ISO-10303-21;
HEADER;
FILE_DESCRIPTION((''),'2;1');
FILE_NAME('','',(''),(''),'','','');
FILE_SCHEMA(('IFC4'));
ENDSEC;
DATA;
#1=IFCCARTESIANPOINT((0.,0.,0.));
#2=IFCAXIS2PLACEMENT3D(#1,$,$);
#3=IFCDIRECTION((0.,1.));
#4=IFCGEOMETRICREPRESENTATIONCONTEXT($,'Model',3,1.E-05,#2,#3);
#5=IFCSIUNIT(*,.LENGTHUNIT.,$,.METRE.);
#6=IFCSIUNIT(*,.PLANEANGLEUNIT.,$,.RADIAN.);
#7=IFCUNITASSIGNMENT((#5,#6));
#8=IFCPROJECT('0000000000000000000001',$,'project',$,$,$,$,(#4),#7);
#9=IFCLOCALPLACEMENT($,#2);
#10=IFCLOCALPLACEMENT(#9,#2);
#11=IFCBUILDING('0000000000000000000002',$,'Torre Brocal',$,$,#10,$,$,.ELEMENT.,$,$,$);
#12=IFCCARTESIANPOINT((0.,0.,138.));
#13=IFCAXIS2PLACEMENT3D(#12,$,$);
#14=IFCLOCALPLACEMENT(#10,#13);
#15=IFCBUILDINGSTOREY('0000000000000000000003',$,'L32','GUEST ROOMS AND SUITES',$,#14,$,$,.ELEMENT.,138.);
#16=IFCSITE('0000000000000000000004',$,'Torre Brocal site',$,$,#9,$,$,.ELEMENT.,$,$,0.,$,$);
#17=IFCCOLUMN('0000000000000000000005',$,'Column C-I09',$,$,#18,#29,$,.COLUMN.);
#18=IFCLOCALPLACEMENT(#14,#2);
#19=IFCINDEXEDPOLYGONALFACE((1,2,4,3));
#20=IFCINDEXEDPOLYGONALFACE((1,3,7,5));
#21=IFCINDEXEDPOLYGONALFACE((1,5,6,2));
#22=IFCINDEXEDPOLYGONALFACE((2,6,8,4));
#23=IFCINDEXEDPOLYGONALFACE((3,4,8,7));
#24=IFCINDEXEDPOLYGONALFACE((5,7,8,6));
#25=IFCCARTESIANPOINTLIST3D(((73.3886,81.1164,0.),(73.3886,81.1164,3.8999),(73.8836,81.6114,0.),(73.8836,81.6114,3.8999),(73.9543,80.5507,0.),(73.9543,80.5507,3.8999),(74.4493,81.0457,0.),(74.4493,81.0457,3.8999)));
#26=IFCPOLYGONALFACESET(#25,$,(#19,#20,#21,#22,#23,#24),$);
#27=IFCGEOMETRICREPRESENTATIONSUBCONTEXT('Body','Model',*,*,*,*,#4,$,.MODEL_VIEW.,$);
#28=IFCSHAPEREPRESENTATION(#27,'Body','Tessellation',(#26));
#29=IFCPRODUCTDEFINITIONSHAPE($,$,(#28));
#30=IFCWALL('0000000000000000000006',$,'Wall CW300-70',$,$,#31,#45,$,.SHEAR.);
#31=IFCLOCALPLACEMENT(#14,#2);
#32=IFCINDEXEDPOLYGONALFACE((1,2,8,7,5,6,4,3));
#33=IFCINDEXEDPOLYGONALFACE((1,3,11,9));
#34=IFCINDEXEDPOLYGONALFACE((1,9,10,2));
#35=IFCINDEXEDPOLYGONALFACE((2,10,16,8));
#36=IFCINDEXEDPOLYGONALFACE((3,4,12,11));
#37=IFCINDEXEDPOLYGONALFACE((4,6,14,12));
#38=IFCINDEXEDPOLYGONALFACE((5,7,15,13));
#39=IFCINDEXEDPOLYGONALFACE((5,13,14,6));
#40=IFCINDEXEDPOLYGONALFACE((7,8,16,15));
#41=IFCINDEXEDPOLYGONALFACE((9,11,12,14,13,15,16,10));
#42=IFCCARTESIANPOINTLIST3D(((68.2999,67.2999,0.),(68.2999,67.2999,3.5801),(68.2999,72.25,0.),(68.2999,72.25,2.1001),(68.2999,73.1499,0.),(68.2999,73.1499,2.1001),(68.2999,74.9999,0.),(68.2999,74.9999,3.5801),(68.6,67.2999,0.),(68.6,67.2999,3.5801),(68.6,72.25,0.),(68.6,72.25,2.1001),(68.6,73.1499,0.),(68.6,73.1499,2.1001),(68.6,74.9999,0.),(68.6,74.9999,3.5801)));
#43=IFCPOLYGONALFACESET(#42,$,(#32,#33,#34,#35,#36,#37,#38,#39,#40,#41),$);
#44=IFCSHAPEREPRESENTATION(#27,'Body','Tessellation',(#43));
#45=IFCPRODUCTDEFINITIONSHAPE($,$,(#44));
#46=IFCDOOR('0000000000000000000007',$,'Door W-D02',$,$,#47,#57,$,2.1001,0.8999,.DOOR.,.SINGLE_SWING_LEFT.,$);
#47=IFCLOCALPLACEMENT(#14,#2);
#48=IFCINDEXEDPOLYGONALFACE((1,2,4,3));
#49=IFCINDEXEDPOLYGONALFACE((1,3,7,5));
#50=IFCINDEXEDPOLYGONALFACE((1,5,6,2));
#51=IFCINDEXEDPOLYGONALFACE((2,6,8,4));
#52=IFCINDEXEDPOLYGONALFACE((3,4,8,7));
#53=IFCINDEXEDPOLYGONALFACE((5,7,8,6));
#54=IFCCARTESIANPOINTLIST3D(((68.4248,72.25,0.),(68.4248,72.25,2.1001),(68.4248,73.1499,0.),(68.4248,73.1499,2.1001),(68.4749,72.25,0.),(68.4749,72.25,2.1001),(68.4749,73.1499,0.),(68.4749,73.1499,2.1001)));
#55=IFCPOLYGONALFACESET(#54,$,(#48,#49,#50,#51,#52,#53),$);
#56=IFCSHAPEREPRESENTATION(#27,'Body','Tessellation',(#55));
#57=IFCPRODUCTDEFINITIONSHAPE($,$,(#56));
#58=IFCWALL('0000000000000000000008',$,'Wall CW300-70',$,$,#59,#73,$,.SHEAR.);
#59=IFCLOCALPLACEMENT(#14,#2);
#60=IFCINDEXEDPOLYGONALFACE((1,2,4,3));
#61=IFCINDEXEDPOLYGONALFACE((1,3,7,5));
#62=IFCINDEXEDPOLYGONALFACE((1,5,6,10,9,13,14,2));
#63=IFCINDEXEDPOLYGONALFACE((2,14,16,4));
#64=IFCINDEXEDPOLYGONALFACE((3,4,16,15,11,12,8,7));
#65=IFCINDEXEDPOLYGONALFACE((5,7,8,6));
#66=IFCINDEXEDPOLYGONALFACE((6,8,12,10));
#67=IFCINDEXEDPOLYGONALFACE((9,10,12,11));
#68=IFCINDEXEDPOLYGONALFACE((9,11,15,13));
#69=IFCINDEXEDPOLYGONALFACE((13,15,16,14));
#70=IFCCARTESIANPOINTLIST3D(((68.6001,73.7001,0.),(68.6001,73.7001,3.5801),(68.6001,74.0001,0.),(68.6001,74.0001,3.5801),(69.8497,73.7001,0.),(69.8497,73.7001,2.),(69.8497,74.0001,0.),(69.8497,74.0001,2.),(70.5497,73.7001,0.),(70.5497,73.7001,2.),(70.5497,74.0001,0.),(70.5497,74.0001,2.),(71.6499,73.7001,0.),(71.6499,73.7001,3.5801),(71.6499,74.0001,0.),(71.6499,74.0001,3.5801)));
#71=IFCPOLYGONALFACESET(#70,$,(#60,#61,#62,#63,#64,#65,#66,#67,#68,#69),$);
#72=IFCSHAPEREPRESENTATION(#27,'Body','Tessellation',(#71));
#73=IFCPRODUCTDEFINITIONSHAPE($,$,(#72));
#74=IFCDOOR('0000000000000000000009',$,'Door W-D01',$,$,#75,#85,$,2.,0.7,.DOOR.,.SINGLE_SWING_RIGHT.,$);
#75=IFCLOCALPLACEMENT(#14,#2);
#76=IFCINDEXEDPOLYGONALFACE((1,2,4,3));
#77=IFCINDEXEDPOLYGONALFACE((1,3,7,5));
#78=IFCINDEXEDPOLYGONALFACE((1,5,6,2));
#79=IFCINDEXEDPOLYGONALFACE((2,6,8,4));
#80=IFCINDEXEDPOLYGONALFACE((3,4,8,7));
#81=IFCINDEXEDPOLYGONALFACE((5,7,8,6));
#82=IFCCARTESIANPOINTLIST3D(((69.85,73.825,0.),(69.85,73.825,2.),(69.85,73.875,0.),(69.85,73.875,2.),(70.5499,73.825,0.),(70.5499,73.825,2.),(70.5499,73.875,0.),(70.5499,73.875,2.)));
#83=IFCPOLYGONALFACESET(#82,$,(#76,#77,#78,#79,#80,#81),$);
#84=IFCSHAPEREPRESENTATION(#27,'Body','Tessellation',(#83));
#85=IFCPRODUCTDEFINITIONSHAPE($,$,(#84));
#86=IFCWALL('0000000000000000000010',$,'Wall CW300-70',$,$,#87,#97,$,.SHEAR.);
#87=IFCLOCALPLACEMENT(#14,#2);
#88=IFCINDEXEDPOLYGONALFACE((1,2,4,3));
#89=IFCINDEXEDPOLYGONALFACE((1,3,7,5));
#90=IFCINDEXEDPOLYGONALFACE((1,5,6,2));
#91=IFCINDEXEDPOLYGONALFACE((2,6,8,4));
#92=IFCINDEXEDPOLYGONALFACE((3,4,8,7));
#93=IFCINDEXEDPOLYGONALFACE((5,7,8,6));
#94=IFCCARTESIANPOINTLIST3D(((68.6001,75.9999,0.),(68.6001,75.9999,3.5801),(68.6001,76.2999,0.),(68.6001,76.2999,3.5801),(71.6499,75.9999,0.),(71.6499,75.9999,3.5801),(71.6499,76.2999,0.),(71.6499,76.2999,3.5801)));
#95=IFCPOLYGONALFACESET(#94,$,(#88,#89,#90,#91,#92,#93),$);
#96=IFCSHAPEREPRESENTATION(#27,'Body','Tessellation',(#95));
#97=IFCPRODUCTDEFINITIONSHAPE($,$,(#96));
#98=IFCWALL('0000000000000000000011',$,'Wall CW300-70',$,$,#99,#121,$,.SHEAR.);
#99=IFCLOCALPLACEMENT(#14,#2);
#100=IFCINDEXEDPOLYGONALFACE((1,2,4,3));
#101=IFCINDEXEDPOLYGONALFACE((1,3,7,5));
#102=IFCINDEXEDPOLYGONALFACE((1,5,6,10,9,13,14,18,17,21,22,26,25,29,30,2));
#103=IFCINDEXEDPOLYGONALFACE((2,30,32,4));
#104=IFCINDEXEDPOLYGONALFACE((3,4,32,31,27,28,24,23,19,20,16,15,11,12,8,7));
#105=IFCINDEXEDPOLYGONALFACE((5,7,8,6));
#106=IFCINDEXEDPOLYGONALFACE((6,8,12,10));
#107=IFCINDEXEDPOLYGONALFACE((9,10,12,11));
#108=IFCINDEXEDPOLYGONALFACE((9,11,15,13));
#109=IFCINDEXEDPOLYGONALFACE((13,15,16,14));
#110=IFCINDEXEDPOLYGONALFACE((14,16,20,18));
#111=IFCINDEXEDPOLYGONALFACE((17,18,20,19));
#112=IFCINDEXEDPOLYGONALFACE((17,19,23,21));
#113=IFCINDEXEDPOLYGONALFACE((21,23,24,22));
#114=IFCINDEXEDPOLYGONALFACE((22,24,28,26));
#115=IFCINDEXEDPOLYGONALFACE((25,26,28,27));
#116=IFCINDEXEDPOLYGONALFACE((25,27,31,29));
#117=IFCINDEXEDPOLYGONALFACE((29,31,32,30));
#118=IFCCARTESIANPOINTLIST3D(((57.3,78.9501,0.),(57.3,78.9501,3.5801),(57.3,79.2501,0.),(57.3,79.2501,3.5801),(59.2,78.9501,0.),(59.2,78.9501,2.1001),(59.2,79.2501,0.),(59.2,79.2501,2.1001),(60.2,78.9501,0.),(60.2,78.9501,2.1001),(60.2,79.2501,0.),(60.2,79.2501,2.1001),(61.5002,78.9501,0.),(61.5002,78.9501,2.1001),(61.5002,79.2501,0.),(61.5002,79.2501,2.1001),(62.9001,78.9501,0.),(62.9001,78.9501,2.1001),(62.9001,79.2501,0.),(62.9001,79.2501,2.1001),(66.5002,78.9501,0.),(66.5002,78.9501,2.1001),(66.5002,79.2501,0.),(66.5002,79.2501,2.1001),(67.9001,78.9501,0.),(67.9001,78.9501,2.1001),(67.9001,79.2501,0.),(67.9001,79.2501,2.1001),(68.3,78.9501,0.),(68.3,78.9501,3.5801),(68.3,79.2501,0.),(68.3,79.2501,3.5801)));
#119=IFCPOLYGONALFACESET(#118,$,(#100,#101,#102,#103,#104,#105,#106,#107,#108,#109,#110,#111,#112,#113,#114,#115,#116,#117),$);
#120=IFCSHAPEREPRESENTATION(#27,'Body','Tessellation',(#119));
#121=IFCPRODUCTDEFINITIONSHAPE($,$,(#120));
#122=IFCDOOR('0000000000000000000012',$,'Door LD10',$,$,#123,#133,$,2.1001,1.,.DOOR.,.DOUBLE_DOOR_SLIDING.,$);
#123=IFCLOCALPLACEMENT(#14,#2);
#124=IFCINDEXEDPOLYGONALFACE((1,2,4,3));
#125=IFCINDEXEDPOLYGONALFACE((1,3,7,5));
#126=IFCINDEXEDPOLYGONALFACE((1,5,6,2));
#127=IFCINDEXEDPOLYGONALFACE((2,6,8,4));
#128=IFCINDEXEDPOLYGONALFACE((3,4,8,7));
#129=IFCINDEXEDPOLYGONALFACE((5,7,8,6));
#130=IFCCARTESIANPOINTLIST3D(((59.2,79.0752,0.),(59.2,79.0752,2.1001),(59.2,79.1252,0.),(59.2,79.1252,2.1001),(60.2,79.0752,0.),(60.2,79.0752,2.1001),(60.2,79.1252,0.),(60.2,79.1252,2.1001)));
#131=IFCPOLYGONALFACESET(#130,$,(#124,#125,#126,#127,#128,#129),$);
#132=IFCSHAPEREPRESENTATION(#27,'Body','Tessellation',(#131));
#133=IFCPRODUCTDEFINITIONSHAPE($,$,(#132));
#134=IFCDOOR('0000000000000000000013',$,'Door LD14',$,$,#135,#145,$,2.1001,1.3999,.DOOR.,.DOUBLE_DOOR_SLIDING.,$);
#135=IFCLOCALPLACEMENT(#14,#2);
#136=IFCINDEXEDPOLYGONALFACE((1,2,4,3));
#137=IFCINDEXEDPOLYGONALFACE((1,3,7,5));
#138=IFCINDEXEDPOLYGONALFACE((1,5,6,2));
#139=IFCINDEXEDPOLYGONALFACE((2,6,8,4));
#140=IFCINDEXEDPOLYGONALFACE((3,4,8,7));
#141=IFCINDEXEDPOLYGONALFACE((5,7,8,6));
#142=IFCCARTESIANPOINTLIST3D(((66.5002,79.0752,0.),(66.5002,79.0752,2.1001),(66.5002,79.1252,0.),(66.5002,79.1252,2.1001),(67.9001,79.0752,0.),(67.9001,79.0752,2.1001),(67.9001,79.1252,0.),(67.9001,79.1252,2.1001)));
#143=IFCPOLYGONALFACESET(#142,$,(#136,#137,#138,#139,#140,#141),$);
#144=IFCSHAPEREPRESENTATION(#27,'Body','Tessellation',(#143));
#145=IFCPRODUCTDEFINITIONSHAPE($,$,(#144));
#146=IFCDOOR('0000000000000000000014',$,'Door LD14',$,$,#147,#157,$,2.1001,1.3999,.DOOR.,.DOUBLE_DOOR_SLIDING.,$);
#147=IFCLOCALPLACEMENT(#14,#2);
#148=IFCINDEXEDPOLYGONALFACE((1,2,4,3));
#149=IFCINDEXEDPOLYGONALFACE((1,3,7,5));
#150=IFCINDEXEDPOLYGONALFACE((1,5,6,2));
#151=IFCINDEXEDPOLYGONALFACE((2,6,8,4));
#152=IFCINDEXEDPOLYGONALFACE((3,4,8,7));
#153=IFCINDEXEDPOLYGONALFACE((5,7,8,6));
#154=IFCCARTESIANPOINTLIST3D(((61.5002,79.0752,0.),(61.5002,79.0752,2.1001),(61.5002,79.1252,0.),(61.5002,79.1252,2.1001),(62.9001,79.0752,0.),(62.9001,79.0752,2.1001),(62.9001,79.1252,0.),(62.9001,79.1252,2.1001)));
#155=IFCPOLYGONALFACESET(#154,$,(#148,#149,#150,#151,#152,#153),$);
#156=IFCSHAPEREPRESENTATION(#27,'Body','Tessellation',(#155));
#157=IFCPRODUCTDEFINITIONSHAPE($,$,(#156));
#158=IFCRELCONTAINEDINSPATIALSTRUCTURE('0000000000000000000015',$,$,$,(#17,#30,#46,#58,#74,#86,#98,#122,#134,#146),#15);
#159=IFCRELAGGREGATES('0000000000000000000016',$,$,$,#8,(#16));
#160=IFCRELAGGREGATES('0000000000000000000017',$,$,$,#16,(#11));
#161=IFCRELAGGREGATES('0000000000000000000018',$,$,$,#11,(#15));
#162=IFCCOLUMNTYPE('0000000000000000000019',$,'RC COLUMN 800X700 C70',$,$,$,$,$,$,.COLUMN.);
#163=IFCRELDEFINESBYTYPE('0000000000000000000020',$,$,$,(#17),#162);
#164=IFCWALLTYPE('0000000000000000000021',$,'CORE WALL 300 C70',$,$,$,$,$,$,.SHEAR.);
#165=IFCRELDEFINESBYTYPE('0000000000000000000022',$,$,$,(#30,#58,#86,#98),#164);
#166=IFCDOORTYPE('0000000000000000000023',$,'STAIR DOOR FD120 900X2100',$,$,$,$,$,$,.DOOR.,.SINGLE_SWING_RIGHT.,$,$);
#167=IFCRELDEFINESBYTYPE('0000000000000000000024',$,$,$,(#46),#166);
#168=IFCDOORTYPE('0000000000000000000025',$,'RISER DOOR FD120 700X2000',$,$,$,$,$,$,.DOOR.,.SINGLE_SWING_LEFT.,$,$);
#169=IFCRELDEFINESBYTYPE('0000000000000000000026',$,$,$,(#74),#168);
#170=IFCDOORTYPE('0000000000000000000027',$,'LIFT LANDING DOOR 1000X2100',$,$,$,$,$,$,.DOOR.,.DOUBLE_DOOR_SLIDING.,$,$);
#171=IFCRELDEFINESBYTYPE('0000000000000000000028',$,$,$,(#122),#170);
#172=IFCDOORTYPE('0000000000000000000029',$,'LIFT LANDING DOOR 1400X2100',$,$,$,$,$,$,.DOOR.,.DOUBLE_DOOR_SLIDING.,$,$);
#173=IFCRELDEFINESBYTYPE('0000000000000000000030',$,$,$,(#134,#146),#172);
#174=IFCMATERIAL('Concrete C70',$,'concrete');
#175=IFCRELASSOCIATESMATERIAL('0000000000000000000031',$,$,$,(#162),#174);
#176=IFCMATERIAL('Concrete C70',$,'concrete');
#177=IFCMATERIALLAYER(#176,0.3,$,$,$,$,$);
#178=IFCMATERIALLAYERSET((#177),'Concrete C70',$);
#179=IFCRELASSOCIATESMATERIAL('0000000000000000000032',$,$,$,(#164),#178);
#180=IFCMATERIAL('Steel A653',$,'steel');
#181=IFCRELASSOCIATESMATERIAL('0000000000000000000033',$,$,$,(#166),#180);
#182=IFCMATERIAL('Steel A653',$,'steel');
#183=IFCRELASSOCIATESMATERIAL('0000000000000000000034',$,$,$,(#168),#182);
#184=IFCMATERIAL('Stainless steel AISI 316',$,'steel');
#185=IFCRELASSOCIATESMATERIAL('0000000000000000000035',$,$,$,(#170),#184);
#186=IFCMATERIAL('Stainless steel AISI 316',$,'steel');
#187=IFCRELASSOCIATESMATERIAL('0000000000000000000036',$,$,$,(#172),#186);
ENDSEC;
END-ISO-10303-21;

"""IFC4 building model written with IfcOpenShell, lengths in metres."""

from ifc_helpers import new_model, si_unit, direction, frame, frame_2d, origin, origin_2d, place, context, subcontext, project, spatial, rectangle, extrude, material, layer, layer_set, material_profile, profile_set, type_object, element, fill, save


model = new_model("IFC4")

# Units and contexts
model_context = context("Model", 3, precision=1e-05, world=origin(), true_north=direction((0.0, 1.0)))
body_context = subcontext(model_context, "Body", "Model", "MODEL_VIEW")
ifc_project = project(units=[si_unit("LENGTHUNIT", "METRE"), si_unit("PLANEANGLEUNIT", "RADIAN")], contexts=[model_context])

# Site, building, storey
site_placement = place(None, origin())
site = spatial("IfcSite", under=ifc_project, at=site_placement, Name="Torre Brocal site", CompositionType="ELEMENT", RefElevation=0.0)
building_placement = place(site_placement, origin())
building = spatial("IfcBuilding", under=site, at=building_placement, Name="Torre Brocal", CompositionType="ELEMENT")
storey_placement = place(building_placement, frame((0.0, 0.0, 138.0)))
storey = spatial("IfcBuildingStorey", under=building, at=storey_placement, Name="L32", Description="GUEST ROOMS AND SUITES", CompositionType="ELEMENT", Elevation=138.0)

# Column
ifc_material_1 = material(Name="Concrete C70", Category="concrete")
ifc_material_profile = material_profile(ifc_material_1, rectangle(XDim=0.8, YDim=0.7, at=origin_2d()), Name="RC 800X700")
ifc_profile_set = profile_set([ifc_material_profile], Name="Concrete C70")
column_type = type_object("IfcColumnType", Name="RC COLUMN 800X700 C70", PredefinedType="COLUMN", material=ifc_profile_set)
column_placement = place(storey_placement, frame((73.9189, 81.0811, 0.0), z_axis=(0.0, 0.0, 1.0), x_axis=(-0.707107, 0.707107, 0.0)))
element("IfcColumn", 1, at=column_placement, inside=storey, type_object=column_type, Name="Column C-I09", PredefinedType="COLUMN", context=body_context, shape_type="SweptSolid", body=[
    extrude(rectangle(XDim=0.8, YDim=0.7, at=origin_2d()), origin(), (0.0, 0.0, 1.0), 3.8999),
])

# Walls, openings, doors
ifc_material_2 = material(Name="Concrete C70", Category="concrete")
ifc_layer_1 = layer(ifc_material_2, 0.3)
ifc_layer_set_1 = layer_set([ifc_layer_1], Name="Concrete C70")
wall_type_1 = type_object("IfcWallType", Name="CORE WALL 300 C70", PredefinedType="SHEAR", material=ifc_layer_set_1)
wall_1_placement = place(storey_placement, frame((68.45, 75.0, 0.0), z_axis=(0.0, 0.0, 1.0), x_axis=(0.0, -1.0, 0.0)))
wall_1 = element("IfcWall", 2, at=wall_1_placement, inside=storey, type_object=wall_type_1, Name="Wall CW300-70", PredefinedType="SHEAR", context=body_context, shape_type="SweptSolid", body=[
    extrude(rectangle(XDim=7.7, YDim=0.3, at=frame_2d((3.8501, 0.0))), origin(), (0.0, 0.0, 1.0), 3.5801),
])
opening_1_placement = place(wall_1_placement, frame((1.8501, 0.0, 0.0)))
opening_1 = element("IfcOpeningElement", 3, at=opening_1_placement, cuts=wall_1, PredefinedType="OPENING", context=body_context, shape_type="SweptSolid", body=[
    extrude(rectangle(XDim=0.8999, YDim=2.1001, at=frame_2d((0.45, 1.05))), frame((0.0, 0.1599, 0.0), z_axis=(0.0, -1.0, 0.0), x_axis=(1.0, 0.0, 0.0)), (0.0, 0.0, 1.0), 0.3201),
])
ifc_material_3 = material(Name="Steel A653", Category="steel")
door_type_1 = type_object("IfcDoorType", Name="STAIR DOOR FD120 900X2100", OperationType="SINGLE_SWING_RIGHT", PredefinedType="DOOR", material=ifc_material_3)
door_1_placement = place(opening_1_placement, origin())
door_1 = element("IfcDoor", 4, at=door_1_placement, inside=storey, type_object=door_type_1, Name="Door W-D02", OperationType="SINGLE_SWING_LEFT", OverallHeight=2.1001, OverallWidth=0.8999, PredefinedType="DOOR", context=body_context, shape_type="SweptSolid", body=[
    extrude(rectangle(XDim=0.8999, YDim=2.1001, at=frame_2d((0.45, 1.05))), frame((0.0, 0.0249, 0.0), z_axis=(0.0, -1.0, 0.0), x_axis=(1.0, 0.0, 0.0)), (0.0, 0.0, 1.0), 0.05),
])
fill(opening_1, door_1)
wall_2_placement = place(storey_placement, frame((71.6499, 73.8501, 0.0), z_axis=(0.0, 0.0, 1.0), x_axis=(-1.0, 0.0, 0.0)))
wall_2 = element("IfcWall", 5, at=wall_2_placement, inside=storey, type_object=wall_type_1, Name="Wall CW300-70", PredefinedType="SHEAR", context=body_context, shape_type="SweptSolid", body=[
    extrude(rectangle(XDim=3.0498, YDim=0.3, at=frame_2d((1.5249, 0.0))), origin(), (0.0, 0.0, 1.0), 3.5801),
])
opening_2_placement = place(wall_2_placement, frame((1.1001, 0.0, 0.0)))
opening_2 = element("IfcOpeningElement", 6, at=opening_2_placement, cuts=wall_2, PredefinedType="OPENING", context=body_context, shape_type="SweptSolid", body=[
    extrude(rectangle(XDim=0.7, YDim=2.0, at=frame_2d((0.3501, 1.0))), frame((0.0, 0.1599, 0.0), z_axis=(0.0, -1.0, 0.0), x_axis=(1.0, 0.0, 0.0)), (0.0, 0.0, 1.0), 0.3201),
])
ifc_material_4 = material(Name="Steel A653", Category="steel")
door_type_2 = type_object("IfcDoorType", Name="RISER DOOR FD120 700X2000", OperationType="SINGLE_SWING_LEFT", PredefinedType="DOOR", material=ifc_material_4)
door_2_placement = place(opening_2_placement, frame((0.7, 0.0, 0.0), z_axis=(0.0, 0.0, 1.0), x_axis=(-1.0, 0.0, 0.0)))
door_2 = element("IfcDoor", 7, at=door_2_placement, inside=storey, type_object=door_type_2, Name="Door W-D01", OperationType="SINGLE_SWING_RIGHT", OverallHeight=2.0, OverallWidth=0.7, PredefinedType="DOOR", context=body_context, shape_type="SweptSolid", body=[
    extrude(rectangle(XDim=0.7, YDim=2.0, at=frame_2d((0.3501, 1.0))), frame((0.0, 0.0249, 0.0), z_axis=(0.0, -1.0, 0.0), x_axis=(1.0, 0.0, 0.0)), (0.0, 0.0, 1.0), 0.05),
])
fill(opening_2, door_2)

# Wall
wall_3_placement = place(storey_placement, frame((71.6499, 76.1499, 0.0), z_axis=(0.0, 0.0, 1.0), x_axis=(-1.0, 0.0, 0.0)))
element("IfcWall", 8, at=wall_3_placement, inside=storey, type_object=wall_type_1, Name="Wall CW300-70", PredefinedType="SHEAR", context=body_context, shape_type="SweptSolid", body=[
    extrude(rectangle(XDim=3.0498, YDim=0.3, at=frame_2d((1.5249, 0.0))), origin(), (0.0, 0.0, 1.0), 3.5801),
])

# Wall, openings, doors
wall_4_placement = place(storey_placement, frame((68.3, 79.1001, 0.0), z_axis=(0.0, 0.0, 1.0), x_axis=(-1.0, 0.0, 0.0)))
wall_4 = element("IfcWall", 9, at=wall_4_placement, inside=storey, type_object=wall_type_1, Name="Wall CW300-70", PredefinedType="SHEAR", context=body_context, shape_type="SweptSolid", body=[
    extrude(rectangle(XDim=11.0, YDim=0.3, at=frame_2d((5.5, 0.0))), origin(), (0.0, 0.0, 1.0), 3.5801),
])
opening_3_placement = place(wall_4_placement, frame((0.3999, 0.0, 0.0)))
opening_3 = element("IfcOpeningElement", 10, at=opening_3_placement, cuts=wall_4, PredefinedType="OPENING", context=body_context, shape_type="SweptSolid", body=[
    extrude(rectangle(XDim=1.3999, YDim=2.1001, at=frame_2d((0.7, 1.05))), frame((0.0, 0.1599, 0.0), z_axis=(0.0, -1.0, 0.0), x_axis=(1.0, 0.0, 0.0)), (0.0, 0.0, 1.0), 0.3201),
])
opening_4_placement = place(wall_4_placement, frame((5.3999, 0.0, 0.0)))
opening_4 = element("IfcOpeningElement", 11, at=opening_4_placement, cuts=wall_4, PredefinedType="OPENING", context=body_context, shape_type="SweptSolid", body=[
    extrude(rectangle(XDim=1.3999, YDim=2.1001, at=frame_2d((0.7, 1.05))), frame((0.0, 0.1599, 0.0), z_axis=(0.0, -1.0, 0.0), x_axis=(1.0, 0.0, 0.0)), (0.0, 0.0, 1.0), 0.3201),
])
opening_5_placement = place(wall_4_placement, frame((8.1001, 0.0, 0.0)))
opening_5 = element("IfcOpeningElement", 12, at=opening_5_placement, cuts=wall_4, PredefinedType="OPENING", context=body_context, shape_type="SweptSolid", body=[
    extrude(rectangle(XDim=1.0, YDim=2.1001, at=frame_2d((0.5, 1.05))), frame((0.0, 0.1599, 0.0), z_axis=(0.0, -1.0, 0.0), x_axis=(1.0, 0.0, 0.0)), (0.0, 0.0, 1.0), 0.3201),
])
ifc_material_5 = material(Name="Stainless steel AISI 316", Category="steel")
door_type_3 = type_object("IfcDoorType", Name="LIFT LANDING DOOR 1000X2100", OperationType="DOUBLE_DOOR_SLIDING", PredefinedType="DOOR", material=ifc_material_5)
door_3_placement = place(opening_5_placement, origin())
door_3 = element("IfcDoor", 13, at=door_3_placement, inside=storey, type_object=door_type_3, Name="Door LD10", OperationType="DOUBLE_DOOR_SLIDING", OverallHeight=2.1001, OverallWidth=1.0, PredefinedType="DOOR", context=body_context, shape_type="SweptSolid", body=[
    extrude(rectangle(XDim=1.0, YDim=2.1001, at=frame_2d((0.5, 1.05))), frame((0.0, 0.0249, 0.0), z_axis=(0.0, -1.0, 0.0), x_axis=(1.0, 0.0, 0.0)), (0.0, 0.0, 1.0), 0.05),
])
fill(opening_5, door_3)
ifc_material_6 = material(Name="Stainless steel AISI 316", Category="steel")
door_type_4 = type_object("IfcDoorType", Name="LIFT LANDING DOOR 1400X2100", OperationType="DOUBLE_DOOR_SLIDING", PredefinedType="DOOR", material=ifc_material_6)
door_4_placement = place(opening_3_placement, origin())
door_4 = element("IfcDoor", 14, at=door_4_placement, inside=storey, type_object=door_type_4, Name="Door LD14", OperationType="DOUBLE_DOOR_SLIDING", OverallHeight=2.1001, OverallWidth=1.3999, PredefinedType="DOOR", context=body_context, shape_type="SweptSolid", body=[
    extrude(rectangle(XDim=1.3999, YDim=2.1001, at=frame_2d((0.7, 1.05))), frame((0.0, 0.0249, 0.0), z_axis=(0.0, -1.0, 0.0), x_axis=(1.0, 0.0, 0.0)), (0.0, 0.0, 1.0), 0.05),
])
fill(opening_3, door_4)
door_5_placement = place(opening_4_placement, origin())
door_5 = element("IfcDoor", 15, at=door_5_placement, inside=storey, type_object=door_type_4, Name="Door LD14", OperationType="DOUBLE_DOOR_SLIDING", OverallHeight=2.1001, OverallWidth=1.3999, PredefinedType="DOOR", context=body_context, shape_type="SweptSolid", body=[
    extrude(rectangle(XDim=1.3999, YDim=2.1001, at=frame_2d((0.7, 1.05))), frame((0.0, 0.0249, 0.0), z_axis=(0.0, -1.0, 0.0), x_axis=(1.0, 0.0, 0.0)), (0.0, 0.0, 1.0), 0.05),
])
fill(opening_4, door_5)

save(model, "model.ifc")
